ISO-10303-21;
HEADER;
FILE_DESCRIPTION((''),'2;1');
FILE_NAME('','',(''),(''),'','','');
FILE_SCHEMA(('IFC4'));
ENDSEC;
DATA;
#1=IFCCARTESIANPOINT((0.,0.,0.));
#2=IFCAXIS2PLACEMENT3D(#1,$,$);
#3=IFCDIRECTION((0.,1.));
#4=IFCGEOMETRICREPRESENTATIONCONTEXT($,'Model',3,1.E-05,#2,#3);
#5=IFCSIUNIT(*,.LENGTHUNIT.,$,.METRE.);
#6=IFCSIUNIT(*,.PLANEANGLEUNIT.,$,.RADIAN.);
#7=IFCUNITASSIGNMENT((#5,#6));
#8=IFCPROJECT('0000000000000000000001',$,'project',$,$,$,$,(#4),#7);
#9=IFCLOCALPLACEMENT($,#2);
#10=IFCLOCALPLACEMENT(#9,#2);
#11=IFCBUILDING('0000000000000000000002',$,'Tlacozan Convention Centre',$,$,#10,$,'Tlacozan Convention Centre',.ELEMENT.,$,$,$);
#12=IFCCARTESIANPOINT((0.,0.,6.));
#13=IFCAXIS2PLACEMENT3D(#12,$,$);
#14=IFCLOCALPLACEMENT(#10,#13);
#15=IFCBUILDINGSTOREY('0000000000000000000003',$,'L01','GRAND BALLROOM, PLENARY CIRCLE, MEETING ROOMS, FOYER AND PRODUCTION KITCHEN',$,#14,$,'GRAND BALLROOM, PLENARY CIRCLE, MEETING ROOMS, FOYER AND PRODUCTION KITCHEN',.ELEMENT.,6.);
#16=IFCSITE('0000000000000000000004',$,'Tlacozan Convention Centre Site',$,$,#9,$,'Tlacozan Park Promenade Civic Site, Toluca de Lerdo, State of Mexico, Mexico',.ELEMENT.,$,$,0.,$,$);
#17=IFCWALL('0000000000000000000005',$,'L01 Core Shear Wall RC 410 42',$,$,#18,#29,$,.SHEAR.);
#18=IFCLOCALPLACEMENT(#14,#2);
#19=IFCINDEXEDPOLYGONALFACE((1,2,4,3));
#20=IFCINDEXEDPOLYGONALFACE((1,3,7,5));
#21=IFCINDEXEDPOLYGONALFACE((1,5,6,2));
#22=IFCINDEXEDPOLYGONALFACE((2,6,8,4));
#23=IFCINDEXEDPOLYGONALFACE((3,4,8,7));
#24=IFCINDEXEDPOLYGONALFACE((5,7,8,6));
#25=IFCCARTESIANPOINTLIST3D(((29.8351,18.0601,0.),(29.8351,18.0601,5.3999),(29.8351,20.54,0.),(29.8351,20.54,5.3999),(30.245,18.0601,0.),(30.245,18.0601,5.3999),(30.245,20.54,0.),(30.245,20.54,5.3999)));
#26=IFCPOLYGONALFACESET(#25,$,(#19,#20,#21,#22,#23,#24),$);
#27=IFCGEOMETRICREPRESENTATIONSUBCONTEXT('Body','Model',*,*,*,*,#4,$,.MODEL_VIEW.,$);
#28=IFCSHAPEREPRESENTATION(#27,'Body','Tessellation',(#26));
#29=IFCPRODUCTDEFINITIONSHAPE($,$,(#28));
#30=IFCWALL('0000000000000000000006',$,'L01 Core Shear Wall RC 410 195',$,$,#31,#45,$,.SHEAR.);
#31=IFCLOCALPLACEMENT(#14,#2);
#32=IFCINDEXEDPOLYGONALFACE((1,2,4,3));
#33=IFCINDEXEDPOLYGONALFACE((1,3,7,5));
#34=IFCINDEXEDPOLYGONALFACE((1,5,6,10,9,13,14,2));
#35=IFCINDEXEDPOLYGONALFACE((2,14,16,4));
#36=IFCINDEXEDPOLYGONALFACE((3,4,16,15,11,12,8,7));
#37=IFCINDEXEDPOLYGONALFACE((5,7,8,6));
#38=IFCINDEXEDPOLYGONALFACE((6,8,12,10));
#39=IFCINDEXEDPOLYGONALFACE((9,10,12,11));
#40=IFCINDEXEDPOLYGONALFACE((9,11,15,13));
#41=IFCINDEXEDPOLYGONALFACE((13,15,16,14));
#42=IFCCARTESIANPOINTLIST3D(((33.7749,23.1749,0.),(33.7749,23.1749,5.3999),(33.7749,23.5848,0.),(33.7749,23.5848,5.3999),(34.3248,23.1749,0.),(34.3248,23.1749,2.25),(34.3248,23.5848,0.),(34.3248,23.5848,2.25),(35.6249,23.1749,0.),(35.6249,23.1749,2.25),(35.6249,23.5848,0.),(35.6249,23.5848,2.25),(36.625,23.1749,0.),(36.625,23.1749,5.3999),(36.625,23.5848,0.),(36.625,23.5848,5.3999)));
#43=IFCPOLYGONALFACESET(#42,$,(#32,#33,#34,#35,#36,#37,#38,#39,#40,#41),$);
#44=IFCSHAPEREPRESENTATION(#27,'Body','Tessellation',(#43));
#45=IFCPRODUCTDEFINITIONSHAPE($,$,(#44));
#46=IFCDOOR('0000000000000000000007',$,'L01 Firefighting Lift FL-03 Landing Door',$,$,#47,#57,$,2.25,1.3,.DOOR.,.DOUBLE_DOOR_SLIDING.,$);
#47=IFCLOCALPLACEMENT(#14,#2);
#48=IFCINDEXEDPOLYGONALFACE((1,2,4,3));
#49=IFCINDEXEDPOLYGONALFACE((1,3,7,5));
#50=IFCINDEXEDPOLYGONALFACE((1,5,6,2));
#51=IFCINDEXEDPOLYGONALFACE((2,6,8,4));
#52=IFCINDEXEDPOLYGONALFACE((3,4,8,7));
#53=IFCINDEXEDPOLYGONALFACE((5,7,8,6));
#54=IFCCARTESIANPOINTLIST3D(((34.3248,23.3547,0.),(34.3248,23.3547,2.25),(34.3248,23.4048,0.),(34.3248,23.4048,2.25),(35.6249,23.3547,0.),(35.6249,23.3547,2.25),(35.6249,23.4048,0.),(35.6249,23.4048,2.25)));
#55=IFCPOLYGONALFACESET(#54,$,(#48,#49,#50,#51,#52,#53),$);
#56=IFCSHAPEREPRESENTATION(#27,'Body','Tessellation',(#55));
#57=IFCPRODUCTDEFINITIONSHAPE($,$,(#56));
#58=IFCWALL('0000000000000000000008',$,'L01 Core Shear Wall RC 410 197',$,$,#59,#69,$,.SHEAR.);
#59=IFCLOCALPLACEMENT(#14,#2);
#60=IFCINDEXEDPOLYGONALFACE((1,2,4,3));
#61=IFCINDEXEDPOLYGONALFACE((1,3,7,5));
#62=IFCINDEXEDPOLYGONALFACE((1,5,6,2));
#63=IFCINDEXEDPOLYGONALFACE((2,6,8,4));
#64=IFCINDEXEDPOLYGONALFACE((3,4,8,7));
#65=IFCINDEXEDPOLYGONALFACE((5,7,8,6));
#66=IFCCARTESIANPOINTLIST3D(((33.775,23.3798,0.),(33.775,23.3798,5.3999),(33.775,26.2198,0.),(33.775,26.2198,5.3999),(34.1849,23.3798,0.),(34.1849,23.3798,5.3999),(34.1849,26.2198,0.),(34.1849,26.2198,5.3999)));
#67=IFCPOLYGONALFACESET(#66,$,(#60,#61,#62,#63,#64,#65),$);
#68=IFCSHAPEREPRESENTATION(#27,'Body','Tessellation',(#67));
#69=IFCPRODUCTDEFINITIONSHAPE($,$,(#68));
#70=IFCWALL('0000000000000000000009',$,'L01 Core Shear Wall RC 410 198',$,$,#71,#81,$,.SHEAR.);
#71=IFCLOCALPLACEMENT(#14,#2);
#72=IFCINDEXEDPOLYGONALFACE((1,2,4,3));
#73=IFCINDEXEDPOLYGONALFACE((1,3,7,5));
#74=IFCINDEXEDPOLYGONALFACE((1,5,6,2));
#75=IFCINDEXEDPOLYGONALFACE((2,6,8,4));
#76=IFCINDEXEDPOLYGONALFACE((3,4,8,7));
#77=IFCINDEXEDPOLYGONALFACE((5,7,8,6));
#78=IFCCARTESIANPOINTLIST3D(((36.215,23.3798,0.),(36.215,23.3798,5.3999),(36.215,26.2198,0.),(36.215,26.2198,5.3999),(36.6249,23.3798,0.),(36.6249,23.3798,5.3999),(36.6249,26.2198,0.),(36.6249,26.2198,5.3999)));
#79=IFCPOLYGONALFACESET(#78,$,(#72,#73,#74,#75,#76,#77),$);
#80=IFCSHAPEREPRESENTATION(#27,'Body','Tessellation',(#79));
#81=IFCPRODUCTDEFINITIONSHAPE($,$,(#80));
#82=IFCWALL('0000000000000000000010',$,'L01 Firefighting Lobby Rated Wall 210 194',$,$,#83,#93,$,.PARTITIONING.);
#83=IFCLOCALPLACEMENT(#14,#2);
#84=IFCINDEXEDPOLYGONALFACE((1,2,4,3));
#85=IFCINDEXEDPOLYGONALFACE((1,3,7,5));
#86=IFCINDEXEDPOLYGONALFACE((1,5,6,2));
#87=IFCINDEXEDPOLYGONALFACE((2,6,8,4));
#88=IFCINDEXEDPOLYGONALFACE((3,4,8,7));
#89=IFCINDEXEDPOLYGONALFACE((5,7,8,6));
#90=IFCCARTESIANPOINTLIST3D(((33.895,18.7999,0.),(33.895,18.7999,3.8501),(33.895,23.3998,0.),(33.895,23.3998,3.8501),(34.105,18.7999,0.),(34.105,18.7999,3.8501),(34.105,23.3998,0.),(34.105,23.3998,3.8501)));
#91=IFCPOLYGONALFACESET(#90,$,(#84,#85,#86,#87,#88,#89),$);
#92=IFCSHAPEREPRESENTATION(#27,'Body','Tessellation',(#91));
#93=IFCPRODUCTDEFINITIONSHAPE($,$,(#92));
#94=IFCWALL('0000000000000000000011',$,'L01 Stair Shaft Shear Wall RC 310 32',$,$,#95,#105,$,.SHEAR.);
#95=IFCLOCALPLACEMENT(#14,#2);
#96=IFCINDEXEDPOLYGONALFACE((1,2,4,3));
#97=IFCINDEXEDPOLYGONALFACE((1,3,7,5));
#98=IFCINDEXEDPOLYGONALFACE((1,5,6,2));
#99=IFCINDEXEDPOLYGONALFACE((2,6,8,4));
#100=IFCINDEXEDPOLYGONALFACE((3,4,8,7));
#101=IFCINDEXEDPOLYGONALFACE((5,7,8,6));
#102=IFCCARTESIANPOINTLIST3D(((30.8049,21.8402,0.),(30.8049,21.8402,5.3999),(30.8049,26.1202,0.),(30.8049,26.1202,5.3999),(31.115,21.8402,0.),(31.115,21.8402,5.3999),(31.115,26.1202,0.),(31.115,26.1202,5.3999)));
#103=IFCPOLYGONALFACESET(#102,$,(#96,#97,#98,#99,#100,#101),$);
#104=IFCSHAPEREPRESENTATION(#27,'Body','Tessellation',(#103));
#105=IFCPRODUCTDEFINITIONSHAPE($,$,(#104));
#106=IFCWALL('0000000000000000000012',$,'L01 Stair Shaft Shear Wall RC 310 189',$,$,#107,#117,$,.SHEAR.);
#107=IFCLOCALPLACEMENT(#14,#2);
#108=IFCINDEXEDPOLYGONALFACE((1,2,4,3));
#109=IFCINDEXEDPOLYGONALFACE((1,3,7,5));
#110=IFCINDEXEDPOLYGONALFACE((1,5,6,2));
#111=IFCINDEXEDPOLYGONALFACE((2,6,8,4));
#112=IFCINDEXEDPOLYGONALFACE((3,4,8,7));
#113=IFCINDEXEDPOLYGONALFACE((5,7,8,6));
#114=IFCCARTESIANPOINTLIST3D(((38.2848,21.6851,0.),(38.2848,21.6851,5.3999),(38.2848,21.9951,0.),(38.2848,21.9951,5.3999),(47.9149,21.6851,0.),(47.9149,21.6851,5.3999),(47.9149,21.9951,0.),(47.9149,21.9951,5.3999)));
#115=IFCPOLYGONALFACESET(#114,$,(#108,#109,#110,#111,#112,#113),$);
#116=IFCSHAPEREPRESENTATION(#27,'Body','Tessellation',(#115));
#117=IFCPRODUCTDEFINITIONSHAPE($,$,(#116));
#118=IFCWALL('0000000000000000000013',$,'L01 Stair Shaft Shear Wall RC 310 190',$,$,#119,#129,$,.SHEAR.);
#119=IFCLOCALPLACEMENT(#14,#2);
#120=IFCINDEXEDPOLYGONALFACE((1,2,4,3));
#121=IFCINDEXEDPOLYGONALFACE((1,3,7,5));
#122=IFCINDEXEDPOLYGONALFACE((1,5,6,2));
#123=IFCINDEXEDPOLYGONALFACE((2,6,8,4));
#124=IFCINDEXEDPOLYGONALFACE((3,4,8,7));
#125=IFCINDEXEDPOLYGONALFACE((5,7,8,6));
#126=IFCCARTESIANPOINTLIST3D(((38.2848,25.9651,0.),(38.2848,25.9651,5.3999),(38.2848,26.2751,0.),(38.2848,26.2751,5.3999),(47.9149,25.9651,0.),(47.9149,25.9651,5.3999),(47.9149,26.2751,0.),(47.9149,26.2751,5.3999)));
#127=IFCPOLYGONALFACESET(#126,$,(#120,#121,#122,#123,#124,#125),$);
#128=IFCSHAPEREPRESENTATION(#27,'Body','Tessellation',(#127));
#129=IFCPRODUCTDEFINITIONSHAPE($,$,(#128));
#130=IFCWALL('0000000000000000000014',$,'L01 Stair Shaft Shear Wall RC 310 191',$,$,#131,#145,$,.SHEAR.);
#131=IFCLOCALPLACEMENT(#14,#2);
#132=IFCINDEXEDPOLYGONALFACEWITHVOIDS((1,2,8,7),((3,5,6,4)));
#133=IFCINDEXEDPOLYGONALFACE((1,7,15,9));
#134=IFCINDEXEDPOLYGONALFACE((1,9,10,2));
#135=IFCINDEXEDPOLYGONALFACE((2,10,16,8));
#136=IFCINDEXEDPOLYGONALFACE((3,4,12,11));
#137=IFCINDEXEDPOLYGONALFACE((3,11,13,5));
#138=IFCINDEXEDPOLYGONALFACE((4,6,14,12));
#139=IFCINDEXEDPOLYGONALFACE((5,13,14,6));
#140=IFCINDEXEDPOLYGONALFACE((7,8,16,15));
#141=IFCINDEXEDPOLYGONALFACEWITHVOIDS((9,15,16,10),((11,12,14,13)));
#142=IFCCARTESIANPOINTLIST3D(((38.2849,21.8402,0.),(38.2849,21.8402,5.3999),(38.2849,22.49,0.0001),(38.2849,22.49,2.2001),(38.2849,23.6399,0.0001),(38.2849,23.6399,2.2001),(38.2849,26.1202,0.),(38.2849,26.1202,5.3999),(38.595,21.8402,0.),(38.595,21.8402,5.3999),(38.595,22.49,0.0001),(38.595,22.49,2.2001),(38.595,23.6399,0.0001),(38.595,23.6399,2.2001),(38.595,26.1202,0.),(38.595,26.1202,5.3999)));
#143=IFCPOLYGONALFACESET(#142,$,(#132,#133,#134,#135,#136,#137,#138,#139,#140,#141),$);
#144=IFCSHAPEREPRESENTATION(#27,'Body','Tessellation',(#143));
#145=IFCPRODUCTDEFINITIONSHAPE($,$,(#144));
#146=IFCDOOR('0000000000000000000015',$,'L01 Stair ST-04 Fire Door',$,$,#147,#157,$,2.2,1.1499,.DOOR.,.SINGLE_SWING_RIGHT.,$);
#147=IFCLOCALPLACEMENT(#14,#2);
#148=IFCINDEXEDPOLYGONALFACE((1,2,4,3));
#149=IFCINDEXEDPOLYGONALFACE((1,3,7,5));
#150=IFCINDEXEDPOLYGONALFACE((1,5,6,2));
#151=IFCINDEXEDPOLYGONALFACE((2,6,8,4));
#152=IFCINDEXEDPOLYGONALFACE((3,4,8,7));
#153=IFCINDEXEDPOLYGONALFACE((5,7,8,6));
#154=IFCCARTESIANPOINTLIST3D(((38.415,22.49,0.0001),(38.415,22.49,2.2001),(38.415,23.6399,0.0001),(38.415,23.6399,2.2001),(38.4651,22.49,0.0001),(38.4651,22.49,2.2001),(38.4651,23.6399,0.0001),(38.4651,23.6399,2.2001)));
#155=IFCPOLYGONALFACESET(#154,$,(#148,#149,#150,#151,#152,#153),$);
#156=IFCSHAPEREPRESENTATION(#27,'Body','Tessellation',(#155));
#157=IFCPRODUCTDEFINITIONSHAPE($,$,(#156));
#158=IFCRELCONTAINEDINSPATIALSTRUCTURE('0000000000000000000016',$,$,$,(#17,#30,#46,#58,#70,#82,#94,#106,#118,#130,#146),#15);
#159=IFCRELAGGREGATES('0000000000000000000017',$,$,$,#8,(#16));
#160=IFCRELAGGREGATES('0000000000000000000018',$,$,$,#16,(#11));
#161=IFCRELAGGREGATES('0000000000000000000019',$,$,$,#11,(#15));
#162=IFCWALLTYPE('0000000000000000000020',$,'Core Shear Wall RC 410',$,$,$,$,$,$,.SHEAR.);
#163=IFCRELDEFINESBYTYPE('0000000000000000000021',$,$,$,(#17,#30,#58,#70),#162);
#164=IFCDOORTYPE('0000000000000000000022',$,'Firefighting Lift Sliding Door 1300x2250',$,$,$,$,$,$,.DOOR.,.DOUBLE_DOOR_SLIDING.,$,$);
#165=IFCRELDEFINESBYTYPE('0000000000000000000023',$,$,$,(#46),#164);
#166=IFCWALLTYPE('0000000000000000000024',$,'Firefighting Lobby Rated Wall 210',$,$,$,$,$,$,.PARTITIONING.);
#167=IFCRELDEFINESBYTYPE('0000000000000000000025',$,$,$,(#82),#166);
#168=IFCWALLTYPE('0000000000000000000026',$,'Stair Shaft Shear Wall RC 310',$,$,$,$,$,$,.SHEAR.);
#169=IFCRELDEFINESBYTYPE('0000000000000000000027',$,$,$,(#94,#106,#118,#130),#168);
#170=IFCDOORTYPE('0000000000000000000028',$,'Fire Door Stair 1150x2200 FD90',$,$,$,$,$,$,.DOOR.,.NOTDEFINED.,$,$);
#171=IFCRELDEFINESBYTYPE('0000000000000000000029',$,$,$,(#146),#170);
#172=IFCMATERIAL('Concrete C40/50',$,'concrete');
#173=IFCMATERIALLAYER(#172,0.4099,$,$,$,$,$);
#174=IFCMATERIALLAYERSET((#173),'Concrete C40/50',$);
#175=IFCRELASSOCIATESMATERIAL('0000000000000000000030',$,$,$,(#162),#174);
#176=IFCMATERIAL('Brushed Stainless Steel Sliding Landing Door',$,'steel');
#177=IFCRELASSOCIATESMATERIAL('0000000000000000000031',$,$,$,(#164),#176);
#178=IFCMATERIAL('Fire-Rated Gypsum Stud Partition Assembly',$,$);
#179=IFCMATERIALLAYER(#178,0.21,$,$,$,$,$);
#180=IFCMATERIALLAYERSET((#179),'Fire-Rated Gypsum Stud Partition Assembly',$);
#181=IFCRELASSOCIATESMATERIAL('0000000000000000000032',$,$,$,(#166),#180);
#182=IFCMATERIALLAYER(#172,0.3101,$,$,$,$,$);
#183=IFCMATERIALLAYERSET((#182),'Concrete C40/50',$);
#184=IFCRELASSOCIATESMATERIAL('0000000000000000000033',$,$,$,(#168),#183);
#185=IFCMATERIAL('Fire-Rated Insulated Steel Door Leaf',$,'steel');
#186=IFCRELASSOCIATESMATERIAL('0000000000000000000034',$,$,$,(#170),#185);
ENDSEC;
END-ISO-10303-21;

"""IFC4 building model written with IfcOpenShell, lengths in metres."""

from ifc_helpers import new_model, si_unit, direction, frame, frame_2d, origin, place, context, subcontext, project, spatial, rectangle, extrude, material, layer, layer_set, type_object, element, fill, save


model = new_model("IFC4")

# Units and contexts
model_context = context("Model", 3, precision=1e-05, world=origin(), true_north=direction((0.0, 1.0)))
body_context = subcontext(model_context, "Body", "Model", "MODEL_VIEW")
ifc_project = project(units=[si_unit("LENGTHUNIT", "METRE"), si_unit("PLANEANGLEUNIT", "RADIAN")], contexts=[model_context])

# Site, building, storey
site_placement = place(None, origin())
site = spatial("IfcSite", under=ifc_project, at=site_placement, Name="Tlacozan Convention Centre Site", LongName="Tlacozan Park Promenade Civic Site, Toluca de Lerdo, State of Mexico, Mexico", CompositionType="ELEMENT", RefElevation=0.0)
building_placement = place(site_placement, origin())
building = spatial("IfcBuilding", under=site, at=building_placement, Name="Tlacozan Convention Centre", LongName="Tlacozan Convention Centre", CompositionType="ELEMENT")
storey_placement = place(building_placement, frame((0.0, 0.0, 6.0)))
storey = spatial("IfcBuildingStorey", under=building, at=storey_placement, Name="L01", Description="GRAND BALLROOM, PLENARY CIRCLE, MEETING ROOMS, FOYER AND PRODUCTION KITCHEN", LongName="GRAND BALLROOM, PLENARY CIRCLE, MEETING ROOMS, FOYER AND PRODUCTION KITCHEN", CompositionType="ELEMENT", Elevation=6.0)

# Shared definitions
ifc_material_1 = material(Name="Concrete C40/50", Category="concrete")

# Wall
ifc_layer_1 = layer(ifc_material_1, 0.4099)
ifc_layer_set_1 = layer_set([ifc_layer_1], Name="Concrete C40/50")
wall_type_1 = type_object("IfcWallType", Name="Core Shear Wall RC 410", PredefinedType="SHEAR", material=ifc_layer_set_1)
wall_1_placement = place(storey_placement, frame((30.04, 18.0601, 0.0), z_axis=(0.0, 0.0, 1.0), x_axis=(0.0, 1.0, 0.0)))
element("IfcWall", 1, at=wall_1_placement, inside=storey, type_object=wall_type_1, Name="L01 Core Shear Wall RC 410 42", PredefinedType="SHEAR", context=body_context, shape_type="SweptSolid", body=[
    extrude(rectangle(XDim=2.48, YDim=0.4099, at=frame_2d((1.24, 0.0))), origin(), (0.0, 0.0, 1.0), 5.3999),
])

# Wall, opening, door
wall_2_placement = place(storey_placement, frame((33.7749, 23.3799, 0.0), z_axis=(0.0, 0.0, 1.0), x_axis=(1.0, 0.0, 0.0)))
wall_2 = element("IfcWall", 2, at=wall_2_placement, inside=storey, type_object=wall_type_1, Name="L01 Core Shear Wall RC 410 195", PredefinedType="SHEAR", context=body_context, shape_type="SweptSolid", body=[
    extrude(rectangle(XDim=2.8501, YDim=0.4099, at=frame_2d((1.425, 0.0))), origin(), (0.0, 0.0, 1.0), 5.3999),
])
opening_1_placement = place(wall_2_placement, frame((0.55, 0.0, 0.0)))
opening_1 = element("IfcOpeningElement", 3, at=opening_1_placement, cuts=wall_2, PredefinedType="OPENING", context=body_context, shape_type="SweptSolid", body=[
    extrude(rectangle(XDim=1.3, YDim=2.25, at=frame_2d((0.6499, 1.125))), frame((0.0, 0.2148, 0.0), z_axis=(0.0, -1.0, 0.0), x_axis=(1.0, 0.0, 0.0)), (0.0, 0.0, 1.0), 0.4299),
])
ifc_material_2 = material(Name="Brushed Stainless Steel Sliding Landing Door", Category="steel")
door_type_1 = type_object("IfcDoorType", Name="Firefighting Lift Sliding Door 1300x2250", OperationType="DOUBLE_DOOR_SLIDING", PredefinedType="DOOR", material=ifc_material_2)
door_1_placement = place(opening_1_placement, origin())
door_1 = element("IfcDoor", 4, at=door_1_placement, inside=storey, type_object=door_type_1, Name="L01 Firefighting Lift FL-03 Landing Door", OperationType="DOUBLE_DOOR_SLIDING", OverallHeight=2.25, OverallWidth=1.3, PredefinedType="DOOR", context=body_context, shape_type="SweptSolid", body=[
    extrude(rectangle(XDim=1.3, YDim=2.25, at=frame_2d((0.6499, 1.125))), frame((0.0, 0.0249, 0.0), z_axis=(0.0, -1.0, 0.0), x_axis=(1.0, 0.0, 0.0)), (0.0, 0.0, 1.0), 0.05),
])
fill(opening_1, door_1)

# Walls
for number, where, z_axis, x_axis, name in (
    (5, (33.98, 23.3799, 0.0), (0.0, 0.0, 1.0), (0.0, 1.0, 0.0), "L01 Core Shear Wall RC 410 197"),
    (6, (36.4199, 23.3799, 0.0), (0.0, 0.0, 1.0), (0.0, 1.0, 0.0), "L01 Core Shear Wall RC 410 198"),
):
    element("IfcWall", number, at=place(storey_placement, frame(where, z_axis=z_axis, x_axis=x_axis)), inside=storey, type_object=wall_type_1, Name=name, PredefinedType="SHEAR", context=body_context, shape_type="SweptSolid", body=[
        extrude(rectangle(XDim=2.8401, YDim=0.4099, at=frame_2d((1.4199, 0.0))), origin(), (0.0, 0.0, 1.0), 5.3999),
    ])

# Shared definitions
ifc_material_3 = material(Name="Fire-Rated Gypsum Stud Partition Assembly")
ifc_layer_2 = layer(ifc_material_3, 0.21)
ifc_layer_set_2 = layer_set([ifc_layer_2], Name="Fire-Rated Gypsum Stud Partition Assembly")
wall_type_2 = type_object("IfcWallType", Name="Firefighting Lobby Rated Wall 210", PredefinedType="PARTITIONING", material=ifc_layer_set_2)
ifc_material_4 = material(Name="Fire-Rated Insulated Steel Door Leaf", Category="steel")

# Walls
wall_3_placement = place(storey_placement, frame((34.0, 18.8, 0.0), z_axis=(0.0, 0.0, 1.0), x_axis=(0.0, 1.0, 0.0)))
element("IfcWall", 7, at=wall_3_placement, inside=storey, type_object=wall_type_2, Name="L01 Firefighting Lobby Rated Wall 210 194", PredefinedType="PARTITIONING", context=body_context, shape_type="SweptSolid", body=[
    extrude(rectangle(XDim=4.5999, YDim=0.21, at=frame_2d((2.2998, 0.0))), origin(), (0.0, 0.0, 1.0), 3.8501),
])
ifc_layer_3 = layer(ifc_material_1, 0.3101)
ifc_layer_set_3 = layer_set([ifc_layer_3], Name="Concrete C40/50")
wall_type_3 = type_object("IfcWallType", Name="Stair Shaft Shear Wall RC 310", PredefinedType="SHEAR", material=ifc_layer_set_3)
wall_4_placement = place(storey_placement, frame((30.96, 21.8401, 0.0), z_axis=(0.0, 0.0, 1.0), x_axis=(0.0, 1.0, 0.0)))
element("IfcWall", 8, at=wall_4_placement, inside=storey, type_object=wall_type_3, Name="L01 Stair Shaft Shear Wall RC 310 32", PredefinedType="SHEAR", context=body_context, shape_type="SweptSolid", body=[
    extrude(rectangle(XDim=4.28, YDim=0.3101, at=frame_2d((2.1401, 0.0))), origin(), (0.0, 0.0, 1.0), 5.3999),
])
for number, where, z_axis, x_axis, name in (
    (9, (38.2849, 21.8401, 0.0), (0.0, 0.0, 1.0), (1.0, 0.0, 0.0), "L01 Stair Shaft Shear Wall RC 310 189"),
    (10, (38.2849, 26.1201, 0.0), (0.0, 0.0, 1.0), (1.0, 0.0, 0.0), "L01 Stair Shaft Shear Wall RC 310 190"),
):
    element("IfcWall", number, at=place(storey_placement, frame(where, z_axis=z_axis, x_axis=x_axis)), inside=storey, type_object=wall_type_3, Name=name, PredefinedType="SHEAR", context=body_context, shape_type="SweptSolid", body=[
        extrude(rectangle(XDim=9.6301, YDim=0.3101, at=frame_2d((4.8149, 0.0))), origin(), (0.0, 0.0, 1.0), 5.3999),
    ])

# Wall, opening, door
wall_5_placement = place(storey_placement, frame((38.4399, 21.8401, 0.0), z_axis=(0.0, 0.0, 1.0), x_axis=(0.0, 1.0, 0.0)))
wall_5 = element("IfcWall", 11, at=wall_5_placement, inside=storey, type_object=wall_type_3, Name="L01 Stair Shaft Shear Wall RC 310 191", PredefinedType="SHEAR", context=body_context, shape_type="SweptSolid", body=[
    extrude(rectangle(XDim=4.28, YDim=0.3101, at=frame_2d((2.1401, 0.0))), origin(), (0.0, 0.0, 1.0), 5.3999),
])
opening_2_placement = place(wall_5_placement, frame((0.6499, 0.0, 0.0)))
opening_2 = element("IfcOpeningElement", 12, at=opening_2_placement, cuts=wall_5, PredefinedType="OPENING", context=body_context, shape_type="SweptSolid", body=[
    extrude(rectangle(XDim=1.1499, YDim=2.2, at=frame_2d((0.575, 1.1001))), frame((0.0, 0.165, 0.0), z_axis=(0.0, -1.0, 0.0), x_axis=(1.0, 0.0, 0.0)), (0.0, 0.0, 1.0), 0.3301),
])
door_type_2 = type_object("IfcDoorType", Name="Fire Door Stair 1150x2200 FD90", OperationType="NOTDEFINED", PredefinedType="DOOR", material=ifc_material_4)
door_2_placement = place(opening_2_placement, origin())
door_2 = element("IfcDoor", 13, at=door_2_placement, inside=storey, type_object=door_type_2, Name="L01 Stair ST-04 Fire Door", OperationType="SINGLE_SWING_RIGHT", OverallHeight=2.2, OverallWidth=1.1499, PredefinedType="DOOR", context=body_context, shape_type="SweptSolid", body=[
    extrude(rectangle(XDim=1.1499, YDim=2.2, at=frame_2d((0.575, 1.1001))), frame((0.0, 0.0249, 0.0), z_axis=(0.0, -1.0, 0.0), x_axis=(1.0, 0.0, 0.0)), (0.0, 0.0, 1.0), 0.05),
])
fill(opening_2, door_2)

save(model, "model.ifc")
